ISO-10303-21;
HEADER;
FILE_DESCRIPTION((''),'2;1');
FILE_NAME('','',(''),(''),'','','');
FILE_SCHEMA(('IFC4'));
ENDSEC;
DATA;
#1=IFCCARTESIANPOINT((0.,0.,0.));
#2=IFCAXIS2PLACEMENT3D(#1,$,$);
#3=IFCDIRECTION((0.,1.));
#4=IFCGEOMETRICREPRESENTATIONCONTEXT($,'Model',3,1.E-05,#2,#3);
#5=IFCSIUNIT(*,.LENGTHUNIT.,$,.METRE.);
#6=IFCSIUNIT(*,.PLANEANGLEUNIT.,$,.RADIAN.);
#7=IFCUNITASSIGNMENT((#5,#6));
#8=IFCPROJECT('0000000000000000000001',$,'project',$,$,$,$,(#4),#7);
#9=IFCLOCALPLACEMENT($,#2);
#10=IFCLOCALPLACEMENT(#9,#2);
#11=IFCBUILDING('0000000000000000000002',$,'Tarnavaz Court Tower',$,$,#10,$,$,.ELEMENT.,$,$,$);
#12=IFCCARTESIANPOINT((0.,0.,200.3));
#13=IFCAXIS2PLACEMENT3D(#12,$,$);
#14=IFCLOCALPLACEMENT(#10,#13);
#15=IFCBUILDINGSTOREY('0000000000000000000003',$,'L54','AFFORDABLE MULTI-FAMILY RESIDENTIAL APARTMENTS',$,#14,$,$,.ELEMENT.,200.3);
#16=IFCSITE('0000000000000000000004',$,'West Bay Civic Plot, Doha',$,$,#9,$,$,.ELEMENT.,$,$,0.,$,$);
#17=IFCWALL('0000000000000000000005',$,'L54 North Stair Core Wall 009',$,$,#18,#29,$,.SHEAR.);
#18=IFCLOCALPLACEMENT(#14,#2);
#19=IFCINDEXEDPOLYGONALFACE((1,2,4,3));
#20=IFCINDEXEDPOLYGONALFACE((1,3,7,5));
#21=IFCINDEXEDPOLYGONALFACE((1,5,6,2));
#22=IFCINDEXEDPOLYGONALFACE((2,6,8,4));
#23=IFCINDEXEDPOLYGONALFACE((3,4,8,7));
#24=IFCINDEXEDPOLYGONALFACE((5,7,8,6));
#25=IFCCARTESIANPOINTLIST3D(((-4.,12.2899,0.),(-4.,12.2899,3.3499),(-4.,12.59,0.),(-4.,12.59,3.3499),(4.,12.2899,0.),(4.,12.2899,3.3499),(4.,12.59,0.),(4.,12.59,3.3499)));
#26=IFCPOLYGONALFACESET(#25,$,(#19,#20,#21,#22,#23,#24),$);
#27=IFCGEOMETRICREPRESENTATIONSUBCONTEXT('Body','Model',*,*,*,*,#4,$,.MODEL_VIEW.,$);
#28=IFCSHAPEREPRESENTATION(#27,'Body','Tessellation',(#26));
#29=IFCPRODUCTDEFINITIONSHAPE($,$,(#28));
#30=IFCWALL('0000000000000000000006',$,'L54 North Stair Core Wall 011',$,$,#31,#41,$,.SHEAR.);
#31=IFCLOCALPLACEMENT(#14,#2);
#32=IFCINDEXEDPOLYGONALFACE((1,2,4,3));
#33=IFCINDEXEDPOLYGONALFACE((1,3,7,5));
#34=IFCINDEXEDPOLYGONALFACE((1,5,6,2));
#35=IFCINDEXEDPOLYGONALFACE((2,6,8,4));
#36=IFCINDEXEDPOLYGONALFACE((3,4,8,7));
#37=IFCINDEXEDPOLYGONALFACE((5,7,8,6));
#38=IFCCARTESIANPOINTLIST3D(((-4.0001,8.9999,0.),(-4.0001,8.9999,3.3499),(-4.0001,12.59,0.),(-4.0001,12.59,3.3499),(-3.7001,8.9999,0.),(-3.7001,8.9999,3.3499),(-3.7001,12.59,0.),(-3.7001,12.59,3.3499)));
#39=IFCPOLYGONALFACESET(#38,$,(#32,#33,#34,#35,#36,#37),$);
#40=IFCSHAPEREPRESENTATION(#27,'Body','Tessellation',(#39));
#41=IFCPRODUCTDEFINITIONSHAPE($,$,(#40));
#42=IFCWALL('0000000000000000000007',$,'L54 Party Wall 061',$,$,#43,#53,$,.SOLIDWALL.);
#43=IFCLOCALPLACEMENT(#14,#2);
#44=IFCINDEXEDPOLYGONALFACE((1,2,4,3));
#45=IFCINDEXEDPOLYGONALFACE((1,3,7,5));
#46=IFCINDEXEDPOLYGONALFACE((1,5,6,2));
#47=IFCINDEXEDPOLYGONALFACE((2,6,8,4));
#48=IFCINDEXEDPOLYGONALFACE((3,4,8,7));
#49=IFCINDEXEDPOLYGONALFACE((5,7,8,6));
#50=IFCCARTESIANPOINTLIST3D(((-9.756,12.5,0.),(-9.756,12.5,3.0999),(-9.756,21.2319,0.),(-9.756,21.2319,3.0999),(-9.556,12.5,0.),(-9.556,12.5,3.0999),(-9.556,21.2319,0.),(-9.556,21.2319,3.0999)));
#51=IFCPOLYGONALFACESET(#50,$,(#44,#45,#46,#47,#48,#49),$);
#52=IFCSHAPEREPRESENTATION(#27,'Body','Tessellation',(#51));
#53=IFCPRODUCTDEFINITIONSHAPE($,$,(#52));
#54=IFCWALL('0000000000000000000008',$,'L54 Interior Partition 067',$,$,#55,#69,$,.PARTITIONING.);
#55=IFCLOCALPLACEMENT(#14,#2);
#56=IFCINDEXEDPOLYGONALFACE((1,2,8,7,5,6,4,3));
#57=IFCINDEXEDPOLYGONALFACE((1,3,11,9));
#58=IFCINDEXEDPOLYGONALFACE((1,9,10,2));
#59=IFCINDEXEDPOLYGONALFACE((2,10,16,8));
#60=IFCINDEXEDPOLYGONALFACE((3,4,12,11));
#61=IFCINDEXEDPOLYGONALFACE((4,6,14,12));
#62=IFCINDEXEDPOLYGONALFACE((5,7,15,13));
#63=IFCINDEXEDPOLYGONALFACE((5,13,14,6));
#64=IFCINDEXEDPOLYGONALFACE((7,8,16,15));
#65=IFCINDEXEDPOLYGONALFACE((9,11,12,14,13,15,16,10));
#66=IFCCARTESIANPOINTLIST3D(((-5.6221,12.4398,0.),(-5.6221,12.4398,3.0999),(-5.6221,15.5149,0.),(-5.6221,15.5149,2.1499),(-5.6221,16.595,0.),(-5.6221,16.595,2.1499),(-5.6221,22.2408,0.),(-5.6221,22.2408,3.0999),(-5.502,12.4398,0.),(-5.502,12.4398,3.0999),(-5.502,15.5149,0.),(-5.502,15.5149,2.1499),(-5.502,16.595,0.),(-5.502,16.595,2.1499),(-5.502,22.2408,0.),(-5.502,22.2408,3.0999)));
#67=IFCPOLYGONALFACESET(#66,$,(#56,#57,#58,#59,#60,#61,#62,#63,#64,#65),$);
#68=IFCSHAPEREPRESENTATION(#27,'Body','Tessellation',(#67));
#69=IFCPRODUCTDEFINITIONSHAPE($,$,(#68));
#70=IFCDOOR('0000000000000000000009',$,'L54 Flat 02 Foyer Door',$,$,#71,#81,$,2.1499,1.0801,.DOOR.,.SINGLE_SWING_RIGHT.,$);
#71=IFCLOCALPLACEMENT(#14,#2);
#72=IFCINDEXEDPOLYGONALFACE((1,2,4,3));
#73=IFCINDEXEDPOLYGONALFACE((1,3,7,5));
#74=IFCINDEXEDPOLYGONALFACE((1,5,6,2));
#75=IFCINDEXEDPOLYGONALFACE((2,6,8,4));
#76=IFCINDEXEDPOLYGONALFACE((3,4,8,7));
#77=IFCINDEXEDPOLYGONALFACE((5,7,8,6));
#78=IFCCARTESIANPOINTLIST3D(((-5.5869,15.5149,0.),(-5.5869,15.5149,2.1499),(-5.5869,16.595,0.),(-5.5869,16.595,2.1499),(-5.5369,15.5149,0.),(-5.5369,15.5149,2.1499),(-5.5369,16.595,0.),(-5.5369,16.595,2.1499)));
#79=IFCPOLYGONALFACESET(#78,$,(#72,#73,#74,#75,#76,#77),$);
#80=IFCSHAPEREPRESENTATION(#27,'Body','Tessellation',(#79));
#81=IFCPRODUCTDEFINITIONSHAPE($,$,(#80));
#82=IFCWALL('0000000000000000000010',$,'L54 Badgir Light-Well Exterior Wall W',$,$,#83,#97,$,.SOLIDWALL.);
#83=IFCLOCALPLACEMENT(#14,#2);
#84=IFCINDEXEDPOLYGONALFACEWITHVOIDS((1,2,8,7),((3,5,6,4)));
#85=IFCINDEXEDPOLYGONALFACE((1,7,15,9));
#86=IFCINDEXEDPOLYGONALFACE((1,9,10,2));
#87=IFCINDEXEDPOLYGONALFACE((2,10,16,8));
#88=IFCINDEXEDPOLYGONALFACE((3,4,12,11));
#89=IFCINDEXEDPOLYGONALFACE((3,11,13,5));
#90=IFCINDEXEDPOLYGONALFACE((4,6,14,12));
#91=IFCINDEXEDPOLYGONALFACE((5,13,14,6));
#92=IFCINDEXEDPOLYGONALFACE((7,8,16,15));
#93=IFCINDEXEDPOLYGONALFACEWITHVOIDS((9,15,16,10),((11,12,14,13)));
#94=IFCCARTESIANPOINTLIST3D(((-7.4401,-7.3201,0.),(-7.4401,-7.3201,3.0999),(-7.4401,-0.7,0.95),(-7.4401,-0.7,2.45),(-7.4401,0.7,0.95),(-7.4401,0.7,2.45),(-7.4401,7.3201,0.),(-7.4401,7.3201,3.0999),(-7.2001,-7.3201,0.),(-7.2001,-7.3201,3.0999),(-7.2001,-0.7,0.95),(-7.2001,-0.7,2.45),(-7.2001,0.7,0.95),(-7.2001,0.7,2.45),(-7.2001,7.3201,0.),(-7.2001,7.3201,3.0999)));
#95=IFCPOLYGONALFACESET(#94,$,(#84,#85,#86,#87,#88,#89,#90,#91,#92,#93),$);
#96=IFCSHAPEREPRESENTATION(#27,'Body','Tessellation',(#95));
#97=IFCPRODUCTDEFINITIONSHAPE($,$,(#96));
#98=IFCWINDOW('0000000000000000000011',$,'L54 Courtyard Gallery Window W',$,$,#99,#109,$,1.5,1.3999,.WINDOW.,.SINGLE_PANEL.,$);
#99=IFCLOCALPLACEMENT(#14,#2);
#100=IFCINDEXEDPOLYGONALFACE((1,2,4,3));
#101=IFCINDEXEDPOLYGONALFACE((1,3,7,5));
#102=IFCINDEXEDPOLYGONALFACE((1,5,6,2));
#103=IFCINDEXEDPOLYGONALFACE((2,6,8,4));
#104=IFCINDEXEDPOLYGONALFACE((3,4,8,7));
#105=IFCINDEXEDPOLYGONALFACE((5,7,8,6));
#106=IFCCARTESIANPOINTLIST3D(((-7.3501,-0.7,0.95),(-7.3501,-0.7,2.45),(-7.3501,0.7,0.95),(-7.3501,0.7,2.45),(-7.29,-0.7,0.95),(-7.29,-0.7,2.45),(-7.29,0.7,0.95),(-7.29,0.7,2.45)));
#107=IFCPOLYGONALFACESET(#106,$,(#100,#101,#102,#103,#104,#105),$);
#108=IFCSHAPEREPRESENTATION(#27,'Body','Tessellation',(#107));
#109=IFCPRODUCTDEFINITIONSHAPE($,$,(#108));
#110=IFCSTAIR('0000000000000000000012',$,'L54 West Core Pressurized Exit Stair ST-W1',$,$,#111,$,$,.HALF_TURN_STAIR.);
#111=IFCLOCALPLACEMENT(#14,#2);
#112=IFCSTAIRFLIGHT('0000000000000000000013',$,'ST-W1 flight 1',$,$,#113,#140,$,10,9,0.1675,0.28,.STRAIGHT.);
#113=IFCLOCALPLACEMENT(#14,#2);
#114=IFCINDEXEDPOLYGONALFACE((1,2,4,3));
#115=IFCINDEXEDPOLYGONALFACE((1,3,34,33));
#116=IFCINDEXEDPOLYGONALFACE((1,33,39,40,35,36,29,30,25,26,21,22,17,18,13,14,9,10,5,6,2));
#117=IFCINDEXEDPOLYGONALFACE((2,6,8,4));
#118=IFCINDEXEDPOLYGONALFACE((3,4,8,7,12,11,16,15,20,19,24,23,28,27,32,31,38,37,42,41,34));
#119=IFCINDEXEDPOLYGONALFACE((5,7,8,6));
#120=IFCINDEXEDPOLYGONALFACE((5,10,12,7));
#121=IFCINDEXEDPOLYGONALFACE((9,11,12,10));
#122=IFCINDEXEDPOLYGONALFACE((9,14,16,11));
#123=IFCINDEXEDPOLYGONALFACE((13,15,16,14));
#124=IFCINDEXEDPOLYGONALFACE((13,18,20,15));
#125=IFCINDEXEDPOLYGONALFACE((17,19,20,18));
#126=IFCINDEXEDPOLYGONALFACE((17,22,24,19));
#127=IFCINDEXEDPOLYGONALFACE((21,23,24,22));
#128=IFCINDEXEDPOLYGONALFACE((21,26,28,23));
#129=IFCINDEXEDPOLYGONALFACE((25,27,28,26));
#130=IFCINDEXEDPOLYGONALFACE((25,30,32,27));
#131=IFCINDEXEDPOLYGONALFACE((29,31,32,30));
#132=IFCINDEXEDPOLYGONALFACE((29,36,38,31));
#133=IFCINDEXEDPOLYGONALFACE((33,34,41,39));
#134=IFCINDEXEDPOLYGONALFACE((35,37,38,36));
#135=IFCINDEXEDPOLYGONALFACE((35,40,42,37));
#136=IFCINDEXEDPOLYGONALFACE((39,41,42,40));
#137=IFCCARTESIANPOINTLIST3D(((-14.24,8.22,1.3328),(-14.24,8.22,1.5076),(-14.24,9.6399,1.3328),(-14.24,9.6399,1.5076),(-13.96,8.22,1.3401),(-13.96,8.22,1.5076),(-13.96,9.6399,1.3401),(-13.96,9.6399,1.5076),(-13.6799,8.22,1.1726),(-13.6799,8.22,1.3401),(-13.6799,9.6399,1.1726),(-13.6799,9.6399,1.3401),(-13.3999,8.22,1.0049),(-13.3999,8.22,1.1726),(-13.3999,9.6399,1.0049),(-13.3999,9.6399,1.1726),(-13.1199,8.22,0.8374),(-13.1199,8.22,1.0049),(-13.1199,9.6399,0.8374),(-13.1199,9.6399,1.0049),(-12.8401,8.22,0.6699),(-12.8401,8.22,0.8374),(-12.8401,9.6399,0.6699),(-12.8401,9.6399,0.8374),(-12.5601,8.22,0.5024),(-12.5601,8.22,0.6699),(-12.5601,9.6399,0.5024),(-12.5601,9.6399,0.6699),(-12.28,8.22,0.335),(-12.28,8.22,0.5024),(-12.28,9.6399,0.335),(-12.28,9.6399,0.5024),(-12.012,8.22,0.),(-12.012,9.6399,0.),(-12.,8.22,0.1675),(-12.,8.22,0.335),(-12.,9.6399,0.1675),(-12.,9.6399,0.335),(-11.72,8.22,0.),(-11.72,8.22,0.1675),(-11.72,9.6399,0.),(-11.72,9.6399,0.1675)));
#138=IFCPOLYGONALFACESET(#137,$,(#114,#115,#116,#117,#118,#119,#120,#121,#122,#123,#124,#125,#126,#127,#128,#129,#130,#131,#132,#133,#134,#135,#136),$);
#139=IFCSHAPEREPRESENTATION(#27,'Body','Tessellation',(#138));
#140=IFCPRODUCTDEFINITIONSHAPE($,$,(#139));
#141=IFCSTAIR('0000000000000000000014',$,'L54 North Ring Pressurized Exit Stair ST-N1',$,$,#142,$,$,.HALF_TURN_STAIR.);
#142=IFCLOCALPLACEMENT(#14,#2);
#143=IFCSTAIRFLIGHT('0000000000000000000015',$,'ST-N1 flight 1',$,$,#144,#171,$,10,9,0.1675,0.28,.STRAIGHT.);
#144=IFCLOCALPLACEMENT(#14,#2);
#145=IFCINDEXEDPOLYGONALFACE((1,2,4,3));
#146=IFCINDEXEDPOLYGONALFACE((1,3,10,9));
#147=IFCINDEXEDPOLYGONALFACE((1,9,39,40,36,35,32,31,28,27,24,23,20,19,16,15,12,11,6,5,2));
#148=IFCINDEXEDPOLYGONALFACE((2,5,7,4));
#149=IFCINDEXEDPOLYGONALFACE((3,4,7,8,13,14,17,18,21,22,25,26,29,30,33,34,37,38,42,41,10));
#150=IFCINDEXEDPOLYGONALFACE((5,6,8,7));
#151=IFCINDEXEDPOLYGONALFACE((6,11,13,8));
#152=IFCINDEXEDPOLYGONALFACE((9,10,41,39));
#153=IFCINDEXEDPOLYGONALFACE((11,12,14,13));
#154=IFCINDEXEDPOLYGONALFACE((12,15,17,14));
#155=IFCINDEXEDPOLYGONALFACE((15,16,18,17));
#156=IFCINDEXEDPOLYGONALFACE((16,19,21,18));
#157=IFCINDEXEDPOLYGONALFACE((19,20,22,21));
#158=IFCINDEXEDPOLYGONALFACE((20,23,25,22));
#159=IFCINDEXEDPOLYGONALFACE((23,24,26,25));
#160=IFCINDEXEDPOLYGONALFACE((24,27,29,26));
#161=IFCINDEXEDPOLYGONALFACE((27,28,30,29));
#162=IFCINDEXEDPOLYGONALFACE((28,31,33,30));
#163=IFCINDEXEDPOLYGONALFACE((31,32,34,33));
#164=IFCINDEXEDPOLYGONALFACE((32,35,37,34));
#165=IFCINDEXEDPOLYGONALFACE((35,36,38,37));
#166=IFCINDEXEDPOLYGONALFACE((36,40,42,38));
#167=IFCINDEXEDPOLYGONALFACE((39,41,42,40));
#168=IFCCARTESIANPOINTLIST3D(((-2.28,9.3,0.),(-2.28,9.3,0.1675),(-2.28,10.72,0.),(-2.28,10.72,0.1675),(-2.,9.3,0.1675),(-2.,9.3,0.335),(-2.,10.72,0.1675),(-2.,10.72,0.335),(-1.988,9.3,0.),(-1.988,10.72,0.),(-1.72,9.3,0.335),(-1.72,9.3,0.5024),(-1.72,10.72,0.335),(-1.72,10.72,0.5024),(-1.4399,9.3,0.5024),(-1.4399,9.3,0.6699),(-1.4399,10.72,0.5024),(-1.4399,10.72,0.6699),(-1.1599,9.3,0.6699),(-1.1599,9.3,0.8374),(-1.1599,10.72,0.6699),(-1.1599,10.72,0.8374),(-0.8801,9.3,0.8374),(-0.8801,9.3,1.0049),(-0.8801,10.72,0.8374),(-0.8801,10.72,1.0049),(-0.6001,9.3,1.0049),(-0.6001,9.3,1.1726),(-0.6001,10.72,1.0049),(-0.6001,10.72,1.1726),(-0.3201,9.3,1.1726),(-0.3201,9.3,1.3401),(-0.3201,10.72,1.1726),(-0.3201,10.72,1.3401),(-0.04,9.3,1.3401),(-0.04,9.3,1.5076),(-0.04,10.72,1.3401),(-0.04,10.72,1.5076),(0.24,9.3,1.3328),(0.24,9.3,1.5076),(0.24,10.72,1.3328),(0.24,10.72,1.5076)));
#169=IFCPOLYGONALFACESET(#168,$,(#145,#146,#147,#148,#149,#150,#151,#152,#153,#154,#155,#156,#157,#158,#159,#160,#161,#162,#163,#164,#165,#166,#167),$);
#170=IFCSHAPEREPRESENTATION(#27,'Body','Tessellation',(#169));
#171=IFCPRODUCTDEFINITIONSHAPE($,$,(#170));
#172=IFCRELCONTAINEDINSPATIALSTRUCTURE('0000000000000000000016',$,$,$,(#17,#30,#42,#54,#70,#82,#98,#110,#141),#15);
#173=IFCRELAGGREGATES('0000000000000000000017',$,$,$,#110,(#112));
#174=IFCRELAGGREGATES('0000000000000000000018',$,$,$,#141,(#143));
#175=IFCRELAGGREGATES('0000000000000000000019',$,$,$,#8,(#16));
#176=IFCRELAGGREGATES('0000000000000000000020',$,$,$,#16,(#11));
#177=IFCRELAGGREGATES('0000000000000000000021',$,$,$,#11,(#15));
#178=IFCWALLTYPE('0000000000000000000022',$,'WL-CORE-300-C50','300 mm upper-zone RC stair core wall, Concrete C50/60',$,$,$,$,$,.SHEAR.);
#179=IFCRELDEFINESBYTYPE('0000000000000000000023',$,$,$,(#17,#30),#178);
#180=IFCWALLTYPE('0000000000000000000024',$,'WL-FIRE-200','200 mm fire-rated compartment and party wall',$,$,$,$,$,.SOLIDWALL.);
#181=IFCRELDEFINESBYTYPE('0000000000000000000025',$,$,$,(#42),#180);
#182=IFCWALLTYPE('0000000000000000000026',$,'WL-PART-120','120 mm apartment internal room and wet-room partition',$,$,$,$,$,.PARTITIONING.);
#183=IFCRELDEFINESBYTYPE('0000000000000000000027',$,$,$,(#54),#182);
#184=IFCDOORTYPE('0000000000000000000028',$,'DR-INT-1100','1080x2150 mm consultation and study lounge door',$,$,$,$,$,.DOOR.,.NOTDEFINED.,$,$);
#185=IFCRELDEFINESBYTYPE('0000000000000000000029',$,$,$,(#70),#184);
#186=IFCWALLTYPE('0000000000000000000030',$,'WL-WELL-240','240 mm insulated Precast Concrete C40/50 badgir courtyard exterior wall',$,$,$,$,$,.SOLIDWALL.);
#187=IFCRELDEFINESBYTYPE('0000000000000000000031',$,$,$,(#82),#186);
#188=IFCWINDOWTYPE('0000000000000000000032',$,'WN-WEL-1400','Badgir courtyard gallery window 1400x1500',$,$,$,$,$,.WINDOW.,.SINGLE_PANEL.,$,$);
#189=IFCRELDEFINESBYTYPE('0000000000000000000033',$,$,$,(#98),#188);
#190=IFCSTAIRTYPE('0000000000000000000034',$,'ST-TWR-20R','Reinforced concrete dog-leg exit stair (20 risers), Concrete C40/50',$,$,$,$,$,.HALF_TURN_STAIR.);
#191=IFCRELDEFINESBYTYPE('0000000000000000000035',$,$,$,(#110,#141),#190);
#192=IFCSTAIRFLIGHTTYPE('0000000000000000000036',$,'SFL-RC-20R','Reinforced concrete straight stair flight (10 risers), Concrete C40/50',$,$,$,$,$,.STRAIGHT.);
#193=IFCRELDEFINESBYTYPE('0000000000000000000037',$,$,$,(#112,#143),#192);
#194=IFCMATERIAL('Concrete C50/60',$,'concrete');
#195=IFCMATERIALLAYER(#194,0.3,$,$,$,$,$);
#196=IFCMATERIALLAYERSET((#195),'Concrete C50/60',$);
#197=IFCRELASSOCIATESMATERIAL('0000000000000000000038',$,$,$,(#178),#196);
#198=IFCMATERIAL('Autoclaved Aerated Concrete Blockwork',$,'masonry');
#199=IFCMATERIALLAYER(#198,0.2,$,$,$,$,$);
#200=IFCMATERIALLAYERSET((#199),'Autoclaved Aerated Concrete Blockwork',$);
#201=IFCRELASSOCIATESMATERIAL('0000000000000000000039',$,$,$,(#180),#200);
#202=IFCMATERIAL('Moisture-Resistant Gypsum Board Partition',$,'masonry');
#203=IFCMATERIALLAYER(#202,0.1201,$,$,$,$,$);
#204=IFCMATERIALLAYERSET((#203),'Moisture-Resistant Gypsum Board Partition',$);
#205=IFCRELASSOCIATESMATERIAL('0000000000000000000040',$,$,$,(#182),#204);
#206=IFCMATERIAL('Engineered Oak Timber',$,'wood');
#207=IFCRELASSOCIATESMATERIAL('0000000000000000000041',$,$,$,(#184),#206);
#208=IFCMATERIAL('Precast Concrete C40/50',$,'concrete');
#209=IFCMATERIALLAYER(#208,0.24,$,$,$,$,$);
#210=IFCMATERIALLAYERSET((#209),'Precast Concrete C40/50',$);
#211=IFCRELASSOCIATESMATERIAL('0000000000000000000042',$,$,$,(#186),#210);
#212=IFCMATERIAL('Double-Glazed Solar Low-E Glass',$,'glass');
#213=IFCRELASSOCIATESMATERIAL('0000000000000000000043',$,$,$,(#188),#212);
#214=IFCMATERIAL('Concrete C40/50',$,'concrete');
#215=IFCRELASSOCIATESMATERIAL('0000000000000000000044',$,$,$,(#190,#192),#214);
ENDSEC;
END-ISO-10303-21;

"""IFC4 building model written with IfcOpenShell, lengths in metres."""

from ifc_helpers import new_model, si_unit, direction, frame, frame_2d, origin, place, context, subcontext, project, spatial, polyline, rectangle, outline, extrude, material, layer, layer_set, type_object, element, fill, aggregate, save


model = new_model("IFC4")

# Units and contexts
model_context = context("Model", 3, precision=1e-05, world=origin(), true_north=direction((0.0, 1.0)))
body_context = subcontext(model_context, "Body", "Model", "MODEL_VIEW")
ifc_project = project(units=[si_unit("LENGTHUNIT", "METRE"), si_unit("PLANEANGLEUNIT", "RADIAN")], contexts=[model_context])

# Site, building, storey
site_placement = place(None, origin())
site = spatial("IfcSite", under=ifc_project, at=site_placement, Name="West Bay Civic Plot, Doha", CompositionType="ELEMENT", RefElevation=0.0)
building_placement = place(site_placement, origin())
building = spatial("IfcBuilding", under=site, at=building_placement, Name="Tarnavaz Court Tower", CompositionType="ELEMENT")
storey_placement = place(building_placement, frame((0.0, 0.0, 200.3)))
storey = spatial("IfcBuildingStorey", under=building, at=storey_placement, Name="L54", Description="AFFORDABLE MULTI-FAMILY RESIDENTIAL APARTMENTS", CompositionType="ELEMENT", Elevation=200.3)

# Shared definitions
ifc_material_1 = material(Name="Concrete C50/60", Category="concrete")

# Wall
ifc_layer_1 = layer(ifc_material_1, 0.3)
ifc_layer_set_1 = layer_set([ifc_layer_1], Name="Concrete C50/60")
wall_type_1 = type_object("IfcWallType", Name="WL-CORE-300-C50", Description="300 mm upper-zone RC stair core wall, Concrete C50/60", PredefinedType="SHEAR", material=ifc_layer_set_1)
wall_1_placement = place(storey_placement, frame((-4.0, 12.4399, 0.0), z_axis=(0.0, 0.0, 1.0), x_axis=(1.0, 0.0, 0.0)))
element("IfcWall", 1, at=wall_1_placement, inside=storey, type_object=wall_type_1, Name="L54 North Stair Core Wall 009", PredefinedType="SHEAR", context=body_context, shape_type="SweptSolid", body=[
    extrude(rectangle(XDim=8.0, YDim=0.3, at=frame_2d((4.0, 0.0))), origin(), (0.0, 0.0, 1.0), 3.3499),
])

# Walls
wall_2_placement = place(storey_placement, frame((-3.8501, 9.0, 0.0), z_axis=(0.0, 0.0, 1.0), x_axis=(0.0, 1.0, 0.0)))
element("IfcWall", 2, at=wall_2_placement, inside=storey, type_object=wall_type_1, Name="L54 North Stair Core Wall 011", PredefinedType="SHEAR", context=body_context, shape_type="SweptSolid", body=[
    extrude(rectangle(XDim=3.5901, YDim=0.3, at=frame_2d((1.7949, 0.0))), origin(), (0.0, 0.0, 1.0), 3.3499),
])
ifc_material_2 = material(Name="Autoclaved Aerated Concrete Blockwork", Category="masonry")
ifc_layer_2 = layer(ifc_material_2, 0.2)
ifc_layer_set_2 = layer_set([ifc_layer_2], Name="Autoclaved Aerated Concrete Blockwork")
wall_type_2 = type_object("IfcWallType", Name="WL-FIRE-200", Description="200 mm fire-rated compartment and party wall", PredefinedType="SOLIDWALL", material=ifc_layer_set_2)
wall_3_placement = place(storey_placement, frame((-9.656, 12.5, 0.0), z_axis=(0.0, 0.0, 1.0), x_axis=(0.0, 1.0, 0.0)))
element("IfcWall", 3, at=wall_3_placement, inside=storey, type_object=wall_type_2, Name="L54 Party Wall 061", PredefinedType="SOLIDWALL", context=body_context, shape_type="SweptSolid", body=[
    extrude(rectangle(XDim=8.7319, YDim=0.2, at=frame_2d((4.366, 0.0))), origin(), (0.0, 0.0, 1.0), 3.0999),
])

# Wall, opening, door
ifc_material_3 = material(Name="Moisture-Resistant Gypsum Board Partition", Category="masonry")
ifc_layer_3 = layer(ifc_material_3, 0.1201)
ifc_layer_set_3 = layer_set([ifc_layer_3], Name="Moisture-Resistant Gypsum Board Partition")
wall_type_3 = type_object("IfcWallType", Name="WL-PART-120", Description="120 mm apartment internal room and wet-room partition", PredefinedType="PARTITIONING", material=ifc_layer_set_3)
wall_4_placement = place(storey_placement, frame((-5.562, 12.4399, 0.0), z_axis=(0.0, 0.0, 1.0), x_axis=(0.0, 1.0, 0.0)))
wall_4 = element("IfcWall", 4, at=wall_4_placement, inside=storey, type_object=wall_type_3, Name="L54 Interior Partition 067", PredefinedType="PARTITIONING", context=body_context, shape_type="SweptSolid", body=[
    extrude(rectangle(XDim=9.801, YDim=0.1201, at=frame_2d((4.9004, 0.0))), origin(), (0.0, 0.0, 1.0), 3.0999),
])
opening_1_placement = place(wall_4_placement, frame((3.075, 0.0, 0.0)))
opening_1 = element("IfcOpeningElement", 5, at=opening_1_placement, cuts=wall_4, PredefinedType="OPENING", context=body_context, shape_type="SweptSolid", body=[
    extrude(rectangle(XDim=1.0801, YDim=2.1499, at=frame_2d((0.54, 1.075))), frame((0.0, 0.0701, 0.0), z_axis=(0.0, -1.0, 0.0), x_axis=(1.0, 0.0, 0.0)), (0.0, 0.0, 1.0), 0.1401),
])
ifc_material_4 = material(Name="Engineered Oak Timber", Category="wood")
door_type_1 = type_object("IfcDoorType", Name="DR-INT-1100", Description="1080x2150 mm consultation and study lounge door", OperationType="NOTDEFINED", PredefinedType="DOOR", material=ifc_material_4)
door_1_placement = place(opening_1_placement, origin())
door_1 = element("IfcDoor", 6, at=door_1_placement, inside=storey, type_object=door_type_1, Name="L54 Flat 02 Foyer Door", OperationType="SINGLE_SWING_RIGHT", OverallHeight=2.1499, OverallWidth=1.0801, PredefinedType="DOOR", context=body_context, shape_type="SweptSolid", body=[
    extrude(rectangle(XDim=1.0801, YDim=2.1499, at=frame_2d((0.54, 1.075))), frame((0.0, 0.0249, 0.0), z_axis=(0.0, -1.0, 0.0), x_axis=(1.0, 0.0, 0.0)), (0.0, 0.0, 1.0), 0.05),
])
fill(opening_1, door_1)

# Wall, opening, window
ifc_material_5 = material(Name="Precast Concrete C40/50", Category="concrete")
ifc_layer_4 = layer(ifc_material_5, 0.24)
ifc_layer_set_4 = layer_set([ifc_layer_4], Name="Precast Concrete C40/50")
wall_type_4 = type_object("IfcWallType", Name="WL-WELL-240", Description="240 mm insulated Precast Concrete C40/50 badgir courtyard exterior wall", PredefinedType="SOLIDWALL", material=ifc_layer_set_4)
wall_5_placement = place(storey_placement, frame((-7.3201, 7.3201, 0.0), z_axis=(0.0, 0.0, 1.0), x_axis=(0.0, -1.0, 0.0)))
wall_5 = element("IfcWall", 7, at=wall_5_placement, inside=storey, type_object=wall_type_4, Name="L54 Badgir Light-Well Exterior Wall W", PredefinedType="SOLIDWALL", context=body_context, shape_type="SweptSolid", body=[
    extrude(rectangle(XDim=14.6401, YDim=0.24, at=frame_2d((7.3201, 0.0))), origin(), (0.0, 0.0, 1.0), 3.0999),
])
opening_2_placement = place(wall_5_placement, frame((6.6201, 0.0, 0.95)))
opening_2 = element("IfcOpeningElement", 8, at=opening_2_placement, cuts=wall_5, PredefinedType="OPENING", context=body_context, shape_type="SweptSolid", body=[
    extrude(rectangle(XDim=1.3999, YDim=1.5, at=frame_2d((0.7, 0.75))), frame((0.0, 0.1299, 0.0), z_axis=(0.0, -1.0, 0.0), x_axis=(1.0, 0.0, 0.0)), (0.0, 0.0, 1.0), 0.26),
])
ifc_material_6 = material(Name="Double-Glazed Solar Low-E Glass", Category="glass")
window_type = type_object("IfcWindowType", Name="WN-WEL-1400", Description="Badgir courtyard gallery window 1400x1500", PartitioningType="SINGLE_PANEL", PredefinedType="WINDOW", material=ifc_material_6)
window_placement = place(opening_2_placement, origin())
window = element("IfcWindow", 9, at=window_placement, inside=storey, type_object=window_type, Name="L54 Courtyard Gallery Window W", OverallHeight=1.5, OverallWidth=1.3999, PartitioningType="SINGLE_PANEL", PredefinedType="WINDOW", context=body_context, shape_type="SweptSolid", body=[
    extrude(rectangle(XDim=1.3999, YDim=1.5, at=frame_2d((0.7, 0.75))), frame((0.0, 0.03, 0.0), z_axis=(0.0, -1.0, 0.0), x_axis=(1.0, 0.0, 0.0)), (0.0, 0.0, 1.0), 0.0601),
])
fill(opening_2, window)

# Stairs, stair flights
ifc_material_7 = material(Name="Concrete C40/50", Category="concrete")
stair_type = type_object("IfcStairType", Name="ST-TWR-20R", Description="Reinforced concrete dog-leg exit stair (20 risers), Concrete C40/50", PredefinedType="HALF_TURN_STAIR", material=ifc_material_7)
stair_1_placement = place(storey_placement, origin())
stair_1 = element("IfcStair", 10, at=stair_1_placement, inside=storey, type_object=stair_type, Name="L54 West Core Pressurized Exit Stair ST-W1", PredefinedType="HALF_TURN_STAIR")
stair_flight_type = type_object("IfcStairFlightType", Name="SFL-RC-20R", Description="Reinforced concrete straight stair flight (10 risers), Concrete C40/50", PredefinedType="STRAIGHT", material=ifc_material_7)
stair_flight_1_placement = place(storey_placement, frame((-11.72, 8.9299, 0.0), z_axis=(0.0, 0.0, 1.0), x_axis=(-1.0, 0.0, 0.0)))
stair_flight_1 = element("IfcStairFlight", 11, at=stair_flight_1_placement, type_object=stair_flight_type, Name="ST-W1 flight 1", NumberOfRisers=10, NumberOfTreads=9, PredefinedType="STRAIGHT", RiserHeight=0.1675, TreadLength=0.28, context=body_context, shape_type="SweptSolid", body=[
    extrude(outline(polyline([(0.0, 0.0), (0.0, 0.1675), (0.28, 0.1675), (0.28, 0.335), (0.5601, 0.335), (0.5601, 0.5024), (0.8401, 0.5024), (0.8401, 0.6699), (1.1201, 0.6699), (1.1201, 0.8374), (1.3999, 0.8374), (1.3999, 1.0049), (1.6799, 1.0049), (1.6799, 1.1726), (1.96, 1.1726), (1.96, 1.3401), (2.24, 1.3401), (2.24, 1.5076), (2.52, 1.5076), (2.52, 1.675), (2.52, 1.3328), (0.292, 0.0), (0.0, 0.0)])), frame((0.0, 0.71, 0.0), z_axis=(0.0, -1.0, 0.0), x_axis=(1.0, 0.0, 0.0)), (0.0, 0.0, 1.0), 1.4199),
])
aggregate(stair_1, [stair_flight_1])
stair_2_placement = place(storey_placement, origin())
stair_2 = element("IfcStair", 12, at=stair_2_placement, inside=storey, type_object=stair_type, Name="L54 North Ring Pressurized Exit Stair ST-N1", PredefinedType="HALF_TURN_STAIR")
stair_flight_2_placement = place(storey_placement, frame((-2.28, 10.01, 0.0), z_axis=(0.0, 0.0, 1.0), x_axis=(1.0, 0.0, 0.0)))
stair_flight_2 = element("IfcStairFlight", 13, at=stair_flight_2_placement, type_object=stair_flight_type, Name="ST-N1 flight 1", NumberOfRisers=10, NumberOfTreads=9, PredefinedType="STRAIGHT", RiserHeight=0.1675, TreadLength=0.28, context=body_context, shape_type="SweptSolid", body=[
    extrude(outline(polyline([(0.0, 0.0), (0.0, 0.1675), (0.28, 0.1675), (0.28, 0.335), (0.5601, 0.335), (0.5601, 0.5024), (0.8401, 0.5024), (0.8401, 0.6699), (1.1201, 0.6699), (1.1201, 0.8374), (1.3999, 0.8374), (1.3999, 1.0049), (1.6799, 1.0049), (1.6799, 1.1726), (1.96, 1.1726), (1.96, 1.3401), (2.24, 1.3401), (2.24, 1.5076), (2.52, 1.5076), (2.52, 1.675), (2.52, 1.3328), (0.292, 0.0), (0.0, 0.0)])), frame((0.0, 0.71, 0.0), z_axis=(0.0, -1.0, 0.0), x_axis=(1.0, 0.0, 0.0)), (0.0, 0.0, 1.0), 1.4199),
])
aggregate(stair_2, [stair_flight_2])

save(model, "model.ifc")
